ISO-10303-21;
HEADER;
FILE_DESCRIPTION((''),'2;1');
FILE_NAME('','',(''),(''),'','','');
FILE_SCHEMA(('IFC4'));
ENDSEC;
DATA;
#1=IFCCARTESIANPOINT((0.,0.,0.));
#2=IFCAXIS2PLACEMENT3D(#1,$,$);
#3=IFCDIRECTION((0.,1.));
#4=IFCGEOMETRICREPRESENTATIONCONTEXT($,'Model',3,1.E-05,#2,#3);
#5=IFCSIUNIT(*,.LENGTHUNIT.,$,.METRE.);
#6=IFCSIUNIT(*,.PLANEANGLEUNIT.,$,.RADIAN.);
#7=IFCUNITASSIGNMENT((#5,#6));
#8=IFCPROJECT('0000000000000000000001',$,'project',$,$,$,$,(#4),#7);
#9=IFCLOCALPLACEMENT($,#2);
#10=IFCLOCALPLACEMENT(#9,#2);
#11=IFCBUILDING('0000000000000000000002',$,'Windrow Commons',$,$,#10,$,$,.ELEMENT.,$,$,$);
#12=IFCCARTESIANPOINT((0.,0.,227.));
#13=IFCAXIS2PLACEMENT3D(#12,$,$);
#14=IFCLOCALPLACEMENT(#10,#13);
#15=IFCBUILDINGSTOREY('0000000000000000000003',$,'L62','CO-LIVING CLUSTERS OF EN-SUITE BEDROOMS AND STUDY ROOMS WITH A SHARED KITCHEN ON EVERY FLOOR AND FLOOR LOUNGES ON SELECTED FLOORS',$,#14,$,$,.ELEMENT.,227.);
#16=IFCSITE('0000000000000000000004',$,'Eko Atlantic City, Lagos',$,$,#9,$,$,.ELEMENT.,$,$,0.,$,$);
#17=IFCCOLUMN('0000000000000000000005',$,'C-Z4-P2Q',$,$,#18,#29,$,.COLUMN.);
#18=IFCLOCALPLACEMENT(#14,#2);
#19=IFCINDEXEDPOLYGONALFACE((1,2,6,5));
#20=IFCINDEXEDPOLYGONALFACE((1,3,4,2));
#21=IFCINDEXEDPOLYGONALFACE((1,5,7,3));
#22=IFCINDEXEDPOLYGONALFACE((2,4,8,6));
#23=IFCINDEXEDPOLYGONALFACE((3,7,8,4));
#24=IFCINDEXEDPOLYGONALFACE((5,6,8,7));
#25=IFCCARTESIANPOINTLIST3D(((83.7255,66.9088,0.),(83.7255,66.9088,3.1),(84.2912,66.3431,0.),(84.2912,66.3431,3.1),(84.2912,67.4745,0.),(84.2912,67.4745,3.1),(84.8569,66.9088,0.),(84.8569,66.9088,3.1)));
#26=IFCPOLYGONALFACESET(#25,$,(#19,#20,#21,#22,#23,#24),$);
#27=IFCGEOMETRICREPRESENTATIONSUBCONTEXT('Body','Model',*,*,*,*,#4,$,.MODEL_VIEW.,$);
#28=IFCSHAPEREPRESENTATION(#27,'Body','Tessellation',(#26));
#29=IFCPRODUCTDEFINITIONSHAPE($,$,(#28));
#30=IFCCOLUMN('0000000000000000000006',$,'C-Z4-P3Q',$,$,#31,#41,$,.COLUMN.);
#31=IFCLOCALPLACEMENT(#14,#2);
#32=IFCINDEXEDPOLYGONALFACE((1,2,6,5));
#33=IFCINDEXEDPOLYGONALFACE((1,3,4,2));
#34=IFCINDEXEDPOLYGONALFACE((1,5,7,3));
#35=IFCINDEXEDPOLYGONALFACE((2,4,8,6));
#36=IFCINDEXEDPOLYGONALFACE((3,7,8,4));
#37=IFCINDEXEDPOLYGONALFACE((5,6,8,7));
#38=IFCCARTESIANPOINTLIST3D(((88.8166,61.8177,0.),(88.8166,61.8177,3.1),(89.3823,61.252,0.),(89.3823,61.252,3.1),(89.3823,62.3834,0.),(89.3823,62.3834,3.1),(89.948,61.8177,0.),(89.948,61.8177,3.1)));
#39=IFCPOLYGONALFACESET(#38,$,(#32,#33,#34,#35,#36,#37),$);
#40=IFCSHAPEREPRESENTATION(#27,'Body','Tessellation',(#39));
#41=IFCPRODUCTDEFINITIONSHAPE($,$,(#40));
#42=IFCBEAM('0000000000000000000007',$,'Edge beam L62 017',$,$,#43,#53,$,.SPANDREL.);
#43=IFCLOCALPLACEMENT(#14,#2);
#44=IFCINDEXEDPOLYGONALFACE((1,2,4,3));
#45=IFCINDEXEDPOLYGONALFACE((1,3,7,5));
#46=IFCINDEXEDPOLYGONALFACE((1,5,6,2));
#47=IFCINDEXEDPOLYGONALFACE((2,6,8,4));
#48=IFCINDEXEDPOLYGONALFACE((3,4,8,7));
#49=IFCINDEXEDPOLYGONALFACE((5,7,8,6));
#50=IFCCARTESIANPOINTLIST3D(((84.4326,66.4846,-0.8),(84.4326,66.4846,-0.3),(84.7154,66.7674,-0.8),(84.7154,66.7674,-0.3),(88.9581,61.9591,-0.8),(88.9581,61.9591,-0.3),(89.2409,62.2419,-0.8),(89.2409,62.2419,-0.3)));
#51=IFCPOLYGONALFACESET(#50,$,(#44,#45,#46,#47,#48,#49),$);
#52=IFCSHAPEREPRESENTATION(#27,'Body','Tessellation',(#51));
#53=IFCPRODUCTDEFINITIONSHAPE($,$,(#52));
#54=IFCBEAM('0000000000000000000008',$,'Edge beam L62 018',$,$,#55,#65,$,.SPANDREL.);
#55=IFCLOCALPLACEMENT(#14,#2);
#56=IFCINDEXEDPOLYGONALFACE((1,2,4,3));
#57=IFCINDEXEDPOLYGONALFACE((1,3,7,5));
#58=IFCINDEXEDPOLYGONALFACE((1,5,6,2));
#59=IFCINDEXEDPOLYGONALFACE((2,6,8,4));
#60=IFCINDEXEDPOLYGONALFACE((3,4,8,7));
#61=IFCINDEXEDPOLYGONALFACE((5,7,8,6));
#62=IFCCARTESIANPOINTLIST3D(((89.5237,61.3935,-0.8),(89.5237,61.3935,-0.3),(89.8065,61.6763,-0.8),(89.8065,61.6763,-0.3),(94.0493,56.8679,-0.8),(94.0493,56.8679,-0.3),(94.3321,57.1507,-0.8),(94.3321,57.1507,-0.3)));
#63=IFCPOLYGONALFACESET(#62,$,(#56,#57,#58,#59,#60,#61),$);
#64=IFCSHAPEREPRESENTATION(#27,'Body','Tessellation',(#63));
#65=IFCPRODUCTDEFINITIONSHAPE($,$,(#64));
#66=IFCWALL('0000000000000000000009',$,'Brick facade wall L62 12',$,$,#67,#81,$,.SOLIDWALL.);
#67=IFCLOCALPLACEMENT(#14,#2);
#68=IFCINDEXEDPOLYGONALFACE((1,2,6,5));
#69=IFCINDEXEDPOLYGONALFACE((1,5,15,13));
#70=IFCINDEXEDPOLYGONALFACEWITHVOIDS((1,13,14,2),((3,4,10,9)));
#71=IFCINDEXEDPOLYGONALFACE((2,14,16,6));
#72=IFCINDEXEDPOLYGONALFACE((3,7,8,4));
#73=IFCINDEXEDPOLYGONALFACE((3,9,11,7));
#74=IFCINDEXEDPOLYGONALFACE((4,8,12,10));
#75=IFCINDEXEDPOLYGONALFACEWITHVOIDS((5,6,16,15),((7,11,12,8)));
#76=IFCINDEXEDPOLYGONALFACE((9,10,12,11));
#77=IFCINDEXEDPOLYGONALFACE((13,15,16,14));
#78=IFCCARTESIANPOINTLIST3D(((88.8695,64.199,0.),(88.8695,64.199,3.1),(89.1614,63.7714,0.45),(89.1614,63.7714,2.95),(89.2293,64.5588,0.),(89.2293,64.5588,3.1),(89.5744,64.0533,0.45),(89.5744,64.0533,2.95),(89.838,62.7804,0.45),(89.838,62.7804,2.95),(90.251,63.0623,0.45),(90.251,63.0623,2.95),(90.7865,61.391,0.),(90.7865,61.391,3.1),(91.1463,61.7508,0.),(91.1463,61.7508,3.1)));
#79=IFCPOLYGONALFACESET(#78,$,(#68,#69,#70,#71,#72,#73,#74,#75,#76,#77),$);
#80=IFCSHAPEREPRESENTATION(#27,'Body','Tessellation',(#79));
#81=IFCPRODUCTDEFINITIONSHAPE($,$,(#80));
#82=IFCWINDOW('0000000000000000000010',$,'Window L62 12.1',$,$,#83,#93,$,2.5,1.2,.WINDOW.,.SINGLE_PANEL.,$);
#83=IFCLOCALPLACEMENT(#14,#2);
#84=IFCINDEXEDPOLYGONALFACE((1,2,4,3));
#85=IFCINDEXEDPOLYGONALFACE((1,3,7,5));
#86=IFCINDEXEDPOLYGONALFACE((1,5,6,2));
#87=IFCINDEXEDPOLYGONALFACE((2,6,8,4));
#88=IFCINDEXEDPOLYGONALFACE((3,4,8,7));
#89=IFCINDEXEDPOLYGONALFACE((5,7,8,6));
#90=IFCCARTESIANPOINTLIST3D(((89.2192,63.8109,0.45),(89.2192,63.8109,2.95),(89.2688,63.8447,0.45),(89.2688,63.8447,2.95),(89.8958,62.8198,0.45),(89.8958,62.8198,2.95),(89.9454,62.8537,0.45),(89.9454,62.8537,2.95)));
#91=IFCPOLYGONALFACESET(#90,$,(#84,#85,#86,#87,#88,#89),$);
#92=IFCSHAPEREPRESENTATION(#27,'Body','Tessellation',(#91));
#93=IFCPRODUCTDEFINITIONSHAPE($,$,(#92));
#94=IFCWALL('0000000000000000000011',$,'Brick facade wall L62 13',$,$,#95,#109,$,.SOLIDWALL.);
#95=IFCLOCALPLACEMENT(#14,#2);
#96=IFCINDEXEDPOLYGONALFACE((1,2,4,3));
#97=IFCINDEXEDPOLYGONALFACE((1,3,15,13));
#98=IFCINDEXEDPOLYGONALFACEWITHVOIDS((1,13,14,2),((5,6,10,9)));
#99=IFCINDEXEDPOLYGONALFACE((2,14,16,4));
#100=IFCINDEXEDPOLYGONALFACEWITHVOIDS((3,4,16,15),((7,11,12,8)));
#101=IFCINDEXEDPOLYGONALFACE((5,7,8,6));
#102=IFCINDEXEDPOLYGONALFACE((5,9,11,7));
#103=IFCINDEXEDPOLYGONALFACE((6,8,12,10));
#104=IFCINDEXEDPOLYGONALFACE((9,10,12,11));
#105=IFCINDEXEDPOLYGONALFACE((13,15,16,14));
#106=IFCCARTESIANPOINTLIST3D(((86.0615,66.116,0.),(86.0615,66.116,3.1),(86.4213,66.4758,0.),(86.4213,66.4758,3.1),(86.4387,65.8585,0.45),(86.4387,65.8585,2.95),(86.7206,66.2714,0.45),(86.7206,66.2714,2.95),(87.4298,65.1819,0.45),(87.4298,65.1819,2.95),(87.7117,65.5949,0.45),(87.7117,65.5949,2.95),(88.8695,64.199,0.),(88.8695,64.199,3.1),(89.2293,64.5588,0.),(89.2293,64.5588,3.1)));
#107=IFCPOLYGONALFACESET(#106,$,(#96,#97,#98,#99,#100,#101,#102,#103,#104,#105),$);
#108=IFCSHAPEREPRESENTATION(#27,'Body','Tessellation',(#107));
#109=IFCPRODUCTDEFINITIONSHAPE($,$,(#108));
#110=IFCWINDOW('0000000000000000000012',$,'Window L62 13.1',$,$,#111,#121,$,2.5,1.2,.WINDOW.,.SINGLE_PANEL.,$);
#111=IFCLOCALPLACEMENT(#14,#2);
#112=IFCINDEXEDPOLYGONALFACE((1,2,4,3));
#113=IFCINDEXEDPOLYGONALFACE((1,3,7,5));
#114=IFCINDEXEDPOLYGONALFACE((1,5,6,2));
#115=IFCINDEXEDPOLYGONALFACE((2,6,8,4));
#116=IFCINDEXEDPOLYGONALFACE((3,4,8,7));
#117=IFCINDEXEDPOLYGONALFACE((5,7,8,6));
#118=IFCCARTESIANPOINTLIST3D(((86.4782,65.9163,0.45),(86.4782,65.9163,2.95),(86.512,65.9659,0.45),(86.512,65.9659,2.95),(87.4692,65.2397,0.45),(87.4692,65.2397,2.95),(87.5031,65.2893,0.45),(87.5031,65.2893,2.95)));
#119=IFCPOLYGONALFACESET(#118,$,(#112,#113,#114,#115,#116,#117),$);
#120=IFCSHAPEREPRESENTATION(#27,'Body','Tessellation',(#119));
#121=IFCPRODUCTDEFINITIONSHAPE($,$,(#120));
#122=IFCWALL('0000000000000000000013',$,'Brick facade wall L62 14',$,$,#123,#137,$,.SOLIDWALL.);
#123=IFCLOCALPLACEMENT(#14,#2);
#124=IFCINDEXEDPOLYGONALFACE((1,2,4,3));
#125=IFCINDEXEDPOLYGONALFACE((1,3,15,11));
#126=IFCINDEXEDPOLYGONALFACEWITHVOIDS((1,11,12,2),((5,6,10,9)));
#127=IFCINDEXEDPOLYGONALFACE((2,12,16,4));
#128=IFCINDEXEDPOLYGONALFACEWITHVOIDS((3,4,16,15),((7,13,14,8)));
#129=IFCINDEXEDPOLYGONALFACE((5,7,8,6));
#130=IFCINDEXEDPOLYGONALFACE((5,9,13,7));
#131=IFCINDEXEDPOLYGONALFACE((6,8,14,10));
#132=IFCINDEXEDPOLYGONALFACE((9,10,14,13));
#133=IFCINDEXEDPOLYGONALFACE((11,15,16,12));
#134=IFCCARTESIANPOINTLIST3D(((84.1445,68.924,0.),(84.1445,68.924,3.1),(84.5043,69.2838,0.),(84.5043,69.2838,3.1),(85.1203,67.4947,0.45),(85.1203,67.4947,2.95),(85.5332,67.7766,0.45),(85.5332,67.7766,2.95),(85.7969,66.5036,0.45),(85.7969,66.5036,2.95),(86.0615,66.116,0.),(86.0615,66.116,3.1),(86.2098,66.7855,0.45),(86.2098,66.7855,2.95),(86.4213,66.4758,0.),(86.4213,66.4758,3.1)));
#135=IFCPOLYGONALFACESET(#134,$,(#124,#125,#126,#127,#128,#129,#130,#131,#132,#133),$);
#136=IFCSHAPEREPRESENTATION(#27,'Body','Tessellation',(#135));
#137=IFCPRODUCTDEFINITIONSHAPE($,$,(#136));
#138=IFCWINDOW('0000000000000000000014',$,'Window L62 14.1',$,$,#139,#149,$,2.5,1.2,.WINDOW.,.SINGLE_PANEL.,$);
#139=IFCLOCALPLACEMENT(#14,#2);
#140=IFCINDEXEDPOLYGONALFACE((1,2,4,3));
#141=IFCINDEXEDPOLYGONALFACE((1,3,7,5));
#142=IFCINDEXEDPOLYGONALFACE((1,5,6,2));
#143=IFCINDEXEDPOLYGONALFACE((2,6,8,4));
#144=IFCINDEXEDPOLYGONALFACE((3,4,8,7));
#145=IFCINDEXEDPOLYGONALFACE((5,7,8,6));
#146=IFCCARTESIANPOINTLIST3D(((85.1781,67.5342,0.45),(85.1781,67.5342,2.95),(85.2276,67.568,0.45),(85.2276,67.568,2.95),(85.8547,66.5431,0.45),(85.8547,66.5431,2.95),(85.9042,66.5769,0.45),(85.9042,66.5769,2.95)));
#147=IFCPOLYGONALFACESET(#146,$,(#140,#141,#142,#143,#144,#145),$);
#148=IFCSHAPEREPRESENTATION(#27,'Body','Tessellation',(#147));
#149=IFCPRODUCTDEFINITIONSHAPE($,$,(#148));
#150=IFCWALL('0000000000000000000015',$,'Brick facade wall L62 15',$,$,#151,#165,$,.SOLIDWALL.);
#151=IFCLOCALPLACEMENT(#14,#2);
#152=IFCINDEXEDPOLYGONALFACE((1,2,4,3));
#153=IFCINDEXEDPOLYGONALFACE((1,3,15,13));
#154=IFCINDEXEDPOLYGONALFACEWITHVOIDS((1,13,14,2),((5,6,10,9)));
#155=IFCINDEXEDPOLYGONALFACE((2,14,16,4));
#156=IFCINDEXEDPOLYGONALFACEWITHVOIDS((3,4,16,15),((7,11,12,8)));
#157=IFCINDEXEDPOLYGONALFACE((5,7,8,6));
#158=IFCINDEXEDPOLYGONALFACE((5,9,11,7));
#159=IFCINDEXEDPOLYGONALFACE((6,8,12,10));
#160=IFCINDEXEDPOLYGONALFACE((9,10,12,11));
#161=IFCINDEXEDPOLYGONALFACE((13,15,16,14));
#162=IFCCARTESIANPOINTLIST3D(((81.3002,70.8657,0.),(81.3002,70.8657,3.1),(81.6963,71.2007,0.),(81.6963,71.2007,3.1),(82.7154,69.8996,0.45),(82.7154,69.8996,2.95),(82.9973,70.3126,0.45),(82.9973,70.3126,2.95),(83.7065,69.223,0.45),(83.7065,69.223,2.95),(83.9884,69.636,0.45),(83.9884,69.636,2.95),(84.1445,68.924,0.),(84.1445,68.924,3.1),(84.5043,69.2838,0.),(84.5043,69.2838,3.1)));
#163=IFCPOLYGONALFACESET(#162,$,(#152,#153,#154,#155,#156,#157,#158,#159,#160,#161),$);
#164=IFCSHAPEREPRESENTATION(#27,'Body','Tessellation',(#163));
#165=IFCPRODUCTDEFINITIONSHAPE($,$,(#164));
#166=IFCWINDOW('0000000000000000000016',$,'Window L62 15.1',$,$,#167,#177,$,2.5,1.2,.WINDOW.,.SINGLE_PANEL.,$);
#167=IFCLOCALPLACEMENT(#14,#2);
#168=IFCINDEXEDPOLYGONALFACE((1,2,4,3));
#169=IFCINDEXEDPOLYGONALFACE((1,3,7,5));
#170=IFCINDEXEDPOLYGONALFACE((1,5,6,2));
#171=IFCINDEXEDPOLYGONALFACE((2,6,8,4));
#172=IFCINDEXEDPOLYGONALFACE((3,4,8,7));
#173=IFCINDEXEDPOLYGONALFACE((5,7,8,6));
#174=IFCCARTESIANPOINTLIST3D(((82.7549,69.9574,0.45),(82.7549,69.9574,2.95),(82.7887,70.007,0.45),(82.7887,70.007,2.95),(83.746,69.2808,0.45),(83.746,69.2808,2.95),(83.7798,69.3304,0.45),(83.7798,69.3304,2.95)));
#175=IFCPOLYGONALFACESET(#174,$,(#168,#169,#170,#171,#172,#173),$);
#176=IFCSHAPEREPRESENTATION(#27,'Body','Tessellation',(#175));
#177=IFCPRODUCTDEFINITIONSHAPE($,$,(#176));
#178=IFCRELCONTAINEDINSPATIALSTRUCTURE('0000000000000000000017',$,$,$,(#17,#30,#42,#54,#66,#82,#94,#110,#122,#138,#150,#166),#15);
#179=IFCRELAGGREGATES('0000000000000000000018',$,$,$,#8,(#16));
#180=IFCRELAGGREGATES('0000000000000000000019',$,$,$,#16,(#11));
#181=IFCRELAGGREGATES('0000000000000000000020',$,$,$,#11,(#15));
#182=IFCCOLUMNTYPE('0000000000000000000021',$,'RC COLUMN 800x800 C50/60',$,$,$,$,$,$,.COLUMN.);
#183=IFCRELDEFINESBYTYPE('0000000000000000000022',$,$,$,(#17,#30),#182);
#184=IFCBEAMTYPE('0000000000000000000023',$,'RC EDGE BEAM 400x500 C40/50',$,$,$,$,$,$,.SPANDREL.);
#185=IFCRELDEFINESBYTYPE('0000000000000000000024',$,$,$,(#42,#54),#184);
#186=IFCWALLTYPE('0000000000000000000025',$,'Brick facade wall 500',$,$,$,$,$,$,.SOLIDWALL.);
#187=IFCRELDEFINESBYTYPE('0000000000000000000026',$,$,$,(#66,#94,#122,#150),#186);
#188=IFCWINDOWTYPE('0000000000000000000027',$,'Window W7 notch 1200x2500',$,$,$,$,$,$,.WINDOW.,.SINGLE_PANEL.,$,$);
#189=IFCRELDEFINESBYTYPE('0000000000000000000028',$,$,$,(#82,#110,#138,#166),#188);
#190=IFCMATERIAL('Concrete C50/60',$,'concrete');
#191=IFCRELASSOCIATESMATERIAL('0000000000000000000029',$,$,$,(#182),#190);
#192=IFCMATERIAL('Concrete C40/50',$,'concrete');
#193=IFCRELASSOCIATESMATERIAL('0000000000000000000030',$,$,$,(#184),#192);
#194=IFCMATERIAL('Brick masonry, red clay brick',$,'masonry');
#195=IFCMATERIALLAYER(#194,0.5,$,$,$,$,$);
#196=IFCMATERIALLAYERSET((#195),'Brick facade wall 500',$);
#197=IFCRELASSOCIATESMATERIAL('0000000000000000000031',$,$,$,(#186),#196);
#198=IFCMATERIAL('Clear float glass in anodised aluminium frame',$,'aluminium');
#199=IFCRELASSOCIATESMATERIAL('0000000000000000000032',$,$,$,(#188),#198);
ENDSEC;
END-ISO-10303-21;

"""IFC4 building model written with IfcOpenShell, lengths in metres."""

from ifc_helpers import new_model, si_unit, direction, frame, frame_2d, origin, origin_2d, place, context, subcontext, project, spatial, polyline, rectangle, outline, extrude, material, layer, layer_set, material_profile, profile_set, type_object, element, fill, save


model = new_model("IFC4")

# Units and contexts
model_context = context("Model", 3, precision=1e-05, world=origin(), true_north=direction((0.0, 1.0)))
body_context = subcontext(model_context, "Body", "Model", "MODEL_VIEW")
ifc_project = project(units=[si_unit("LENGTHUNIT", "METRE"), si_unit("PLANEANGLEUNIT", "RADIAN")], contexts=[model_context])

# Site, building, storey
site_placement = place(None, origin())
site = spatial("IfcSite", under=ifc_project, at=site_placement, Name="Eko Atlantic City, Lagos", CompositionType="ELEMENT", RefElevation=0.0)
building_placement = place(site_placement, origin())
building = spatial("IfcBuilding", under=site, at=building_placement, Name="Windrow Commons", CompositionType="ELEMENT")
storey_placement = place(building_placement, frame((0.0, 0.0, 227.0)))
storey = spatial("IfcBuildingStorey", under=building, at=storey_placement, Name="L62", Description="CO-LIVING CLUSTERS OF EN-SUITE BEDROOMS AND STUDY ROOMS WITH A SHARED KITCHEN ON EVERY FLOOR AND FLOOR LOUNGES ON SELECTED FLOORS", CompositionType="ELEMENT", Elevation=227.0)

# Columns
ifc_material_1 = material(Name="Concrete C50/60", Category="concrete")
ifc_material_profile_1 = material_profile(ifc_material_1, rectangle(XDim=0.8, YDim=0.8, at=origin_2d()))
ifc_profile_set_1 = profile_set([ifc_material_profile_1], Name="Concrete C50/60")
column_type = type_object("IfcColumnType", Name="RC COLUMN 800x800 C50/60", PredefinedType="COLUMN", material=ifc_profile_set_1)
for number, where, z_axis, x_axis, name in (
    (1, (84.2912, 66.9088, 0.0), (0.0, 0.0, 1.0), (0.707107, -0.707107, 0.0), "C-Z4-P2Q"),
    (2, (89.3823, 61.8177, 0.0), (0.0, 0.0, 1.0), (0.707107, -0.707107, 0.0), "C-Z4-P3Q"),
):
    element("IfcColumn", number, at=place(storey_placement, frame(where, z_axis=z_axis, x_axis=x_axis)), inside=storey, type_object=column_type, Name=name, PredefinedType="COLUMN", context=body_context, shape_type="SweptSolid", body=[
        extrude(rectangle(XDim=0.8, YDim=0.8, at=origin_2d()), origin(), (0.0, 0.0, 1.0), 3.1),
    ])

# Beams
ifc_material_2 = material(Name="Concrete C40/50", Category="concrete")
ifc_material_profile_2 = material_profile(ifc_material_2, rectangle(XDim=0.4, YDim=0.5, at=origin_2d()))
ifc_profile_set_2 = profile_set([ifc_material_profile_2], Name="Concrete C40/50")
beam_type = type_object("IfcBeamType", Name="RC EDGE BEAM 400x500 C40/50", PredefinedType="SPANDREL", material=ifc_profile_set_2)
beam_1_placement = place(storey_placement, frame((84.574, 66.626, -0.55), z_axis=(0.707107, -0.707107, 0.0), x_axis=(0.707107, 0.707107, 0.0)))
element("IfcBeam", 3, at=beam_1_placement, inside=storey, type_object=beam_type, Name="Edge beam L62 017", PredefinedType="SPANDREL", context=body_context, shape_type="SweptSolid", body=[
    extrude(rectangle(XDim=0.4, YDim=0.5, at=origin_2d()), origin(), (0.0, 0.0, 1.0), 6.4),
])
beam_2_placement = place(storey_placement, frame((89.6651, 61.5349, -0.55), z_axis=(0.707107, -0.707107, 0.0), x_axis=(0.707107, 0.707107, 0.0)))
element("IfcBeam", 4, at=beam_2_placement, inside=storey, type_object=beam_type, Name="Edge beam L62 018", PredefinedType="SPANDREL", context=body_context, shape_type="SweptSolid", body=[
    extrude(rectangle(XDim=0.4, YDim=0.5, at=origin_2d()), origin(), (0.0, 0.0, 1.0), 6.4002),
])

# Walls, openings, windows
ifc_material_3 = material(Name="Brick masonry, red clay brick", Category="masonry")
ifc_layer_1 = layer(ifc_material_3, 0.5)
ifc_layer_set_1 = layer_set([ifc_layer_1], Name="Brick facade wall 500")
wall_type_1 = type_object("IfcWallType", Name="Brick facade wall 500", PredefinedType="SOLIDWALL", material=ifc_layer_set_1)
wall_1_placement = place(storey_placement, frame((90.9664, 61.5709, 0.0), z_axis=(0.0, 0.0, 1.0), x_axis=(-0.56383, 0.825891, 0.0)))
wall_1 = element("IfcWall", 5, at=wall_1_placement, inside=storey, type_object=wall_type_1, Name="Brick facade wall L62 12", PredefinedType="SOLIDWALL", context=body_context, shape_type="SweptSolid", body=[
    extrude(outline(polyline([(0.0471, -0.25), (3.4471, -0.25), (3.3528, 0.25), (-0.0471, 0.25), (0.0471, -0.25)])), origin(), (0.0, 0.0, 1.0), 3.1),
])
opening_1_placement = place(wall_1_placement, frame((1.6351, 0.0, 0.45)))
opening_1 = element("IfcOpeningElement", 6, at=opening_1_placement, cuts=wall_1, PredefinedType="OPENING", context=body_context, shape_type="SweptSolid", body=[
    extrude(rectangle(XDim=1.2, YDim=2.5, at=frame_2d((0.6, 1.25))), frame((0.0, 0.26, 0.0), z_axis=(0.0, -1.0, 0.0), x_axis=(1.0, 0.0, 0.0)), (0.0, 0.0, 1.0), 0.52),
])
ifc_material_4 = material(Name="Clear float glass in anodised aluminium frame", Category="aluminium")
window_type = type_object("IfcWindowType", Name="Window W7 notch 1200x2500", PartitioningType="SINGLE_PANEL", PredefinedType="WINDOW", material=ifc_material_4)
window_1_placement = place(opening_1_placement, origin())
window_1 = element("IfcWindow", 7, at=window_1_placement, inside=storey, type_object=window_type, Name="Window L62 12.1", OverallHeight=2.5, OverallWidth=1.2, PartitioningType="SINGLE_PANEL", PredefinedType="WINDOW", context=body_context, shape_type="SweptSolid", body=[
    extrude(rectangle(XDim=1.2, YDim=2.5, at=frame_2d((0.6, 1.25))), frame((0.0, 0.18, 0.0), z_axis=(0.0, -1.0, 0.0), x_axis=(1.0, 0.0, 0.0)), (0.0, 0.0, 1.0), 0.06),
])
fill(opening_1, window_1)
wall_2_placement = place(storey_placement, frame((89.0494, 64.3789, 0.0), z_axis=(0.0, 0.0, 1.0), x_axis=(-0.825891, 0.56383, 0.0)))
wall_2 = element("IfcWall", 8, at=wall_2_placement, inside=storey, type_object=wall_type_1, Name="Brick facade wall L62 13", PredefinedType="SOLIDWALL", context=body_context, shape_type="SweptSolid", body=[
    extrude(outline(polyline([(-0.0471, -0.25), (3.3528, -0.25), (3.4471, 0.25), (0.0471, 0.25), (-0.0471, -0.25)])), origin(), (0.0, 0.0, 1.0), 3.1),
])
opening_2_placement = place(wall_2_placement, frame((1.7904, 0.0, 0.45)))
opening_2 = element("IfcOpeningElement", 9, at=opening_2_placement, cuts=wall_2, PredefinedType="OPENING", context=body_context, shape_type="SweptSolid", body=[
    extrude(rectangle(XDim=1.2, YDim=2.5, at=frame_2d((0.6, 1.25))), frame((0.0, 0.26, 0.0), z_axis=(0.0, -1.0, 0.0), x_axis=(1.0, 0.0, 0.0)), (0.0, 0.0, 1.0), 0.52),
])
window_2_placement = place(opening_2_placement, origin())
window_2 = element("IfcWindow", 10, at=window_2_placement, inside=storey, type_object=window_type, Name="Window L62 13.1", OverallHeight=2.5, OverallWidth=1.2, PartitioningType="SINGLE_PANEL", PredefinedType="WINDOW", context=body_context, shape_type="SweptSolid", body=[
    extrude(rectangle(XDim=1.2, YDim=2.5, at=frame_2d((0.6, 1.25))), frame((0.0, 0.18, 0.0), z_axis=(0.0, -1.0, 0.0), x_axis=(1.0, 0.0, 0.0)), (0.0, 0.0, 1.0), 0.06),
])
fill(opening_2, window_2)
wall_3_placement = place(storey_placement, frame((86.2414, 66.2959, 0.0), z_axis=(0.0, 0.0, 1.0), x_axis=(-0.56383, 0.825891, 0.0)))
wall_3 = element("IfcWall", 11, at=wall_3_placement, inside=storey, type_object=wall_type_1, Name="Brick facade wall L62 14", PredefinedType="SOLIDWALL", context=body_context, shape_type="SweptSolid", body=[
    extrude(outline(polyline([(0.0471, -0.25), (3.4471, -0.25), (3.3528, 0.25), (-0.0471, 0.25), (0.0471, -0.25)])), origin(), (0.0, 0.0, 1.0), 3.1),
])
opening_3_placement = place(wall_3_placement, frame((0.4222, 0.0, 0.45)))
opening_3 = element("IfcOpeningElement", 12, at=opening_3_placement, cuts=wall_3, PredefinedType="OPENING", context=body_context, shape_type="SweptSolid", body=[
    extrude(rectangle(XDim=1.2, YDim=2.5, at=frame_2d((0.6, 1.25))), frame((0.0, 0.26, 0.0), z_axis=(0.0, -1.0, 0.0), x_axis=(1.0, 0.0, 0.0)), (0.0, 0.0, 1.0), 0.52),
])
window_3_placement = place(opening_3_placement, origin())
window_3 = element("IfcWindow", 13, at=window_3_placement, inside=storey, type_object=window_type, Name="Window L62 14.1", OverallHeight=2.5, OverallWidth=1.2, PartitioningType="SINGLE_PANEL", PredefinedType="WINDOW", context=body_context, shape_type="SweptSolid", body=[
    extrude(rectangle(XDim=1.2, YDim=2.5, at=frame_2d((0.6, 1.25))), frame((0.0, 0.18, 0.0), z_axis=(0.0, -1.0, 0.0), x_axis=(1.0, 0.0, 0.0)), (0.0, 0.0, 1.0), 0.06),
])
fill(opening_3, window_3)
wall_4_placement = place(storey_placement, frame((84.3244, 69.1039, 0.0), z_axis=(0.0, 0.0, 1.0), x_axis=(-0.825899, 0.563818, 0.0)))
wall_4 = element("IfcWall", 14, at=wall_4_placement, inside=storey, type_object=wall_type_1, Name="Brick facade wall L62 15", PredefinedType="SOLIDWALL", context=body_context, shape_type="SweptSolid", body=[
    extrude(outline(polyline([(-0.0471, -0.25), (3.3528, -0.25), (3.491, 0.25), (0.0471, 0.25), (-0.0471, -0.25)])), origin(), (0.0, 0.0, 1.0), 3.1),
])
opening_4_placement = place(wall_4_placement, frame((0.5775, 0.0, 0.45)))
opening_4 = element("IfcOpeningElement", 15, at=opening_4_placement, cuts=wall_4, PredefinedType="OPENING", context=body_context, shape_type="SweptSolid", body=[
    extrude(rectangle(XDim=1.2, YDim=2.5, at=frame_2d((0.6, 1.25))), frame((0.0, 0.26, 0.0), z_axis=(0.0, -1.0, 0.0), x_axis=(1.0, 0.0, 0.0)), (0.0, 0.0, 1.0), 0.52),
])
window_4_placement = place(opening_4_placement, origin())
window_4 = element("IfcWindow", 16, at=window_4_placement, inside=storey, type_object=window_type, Name="Window L62 15.1", OverallHeight=2.5, OverallWidth=1.2, PartitioningType="SINGLE_PANEL", PredefinedType="WINDOW", context=body_context, shape_type="SweptSolid", body=[
    extrude(rectangle(XDim=1.2, YDim=2.5, at=frame_2d((0.6, 1.25))), frame((0.0, 0.18, 0.0), z_axis=(0.0, -1.0, 0.0), x_axis=(1.0, 0.0, 0.0)), (0.0, 0.0, 1.0), 0.06),
])
fill(opening_4, window_4)

save(model, "model.ifc")
